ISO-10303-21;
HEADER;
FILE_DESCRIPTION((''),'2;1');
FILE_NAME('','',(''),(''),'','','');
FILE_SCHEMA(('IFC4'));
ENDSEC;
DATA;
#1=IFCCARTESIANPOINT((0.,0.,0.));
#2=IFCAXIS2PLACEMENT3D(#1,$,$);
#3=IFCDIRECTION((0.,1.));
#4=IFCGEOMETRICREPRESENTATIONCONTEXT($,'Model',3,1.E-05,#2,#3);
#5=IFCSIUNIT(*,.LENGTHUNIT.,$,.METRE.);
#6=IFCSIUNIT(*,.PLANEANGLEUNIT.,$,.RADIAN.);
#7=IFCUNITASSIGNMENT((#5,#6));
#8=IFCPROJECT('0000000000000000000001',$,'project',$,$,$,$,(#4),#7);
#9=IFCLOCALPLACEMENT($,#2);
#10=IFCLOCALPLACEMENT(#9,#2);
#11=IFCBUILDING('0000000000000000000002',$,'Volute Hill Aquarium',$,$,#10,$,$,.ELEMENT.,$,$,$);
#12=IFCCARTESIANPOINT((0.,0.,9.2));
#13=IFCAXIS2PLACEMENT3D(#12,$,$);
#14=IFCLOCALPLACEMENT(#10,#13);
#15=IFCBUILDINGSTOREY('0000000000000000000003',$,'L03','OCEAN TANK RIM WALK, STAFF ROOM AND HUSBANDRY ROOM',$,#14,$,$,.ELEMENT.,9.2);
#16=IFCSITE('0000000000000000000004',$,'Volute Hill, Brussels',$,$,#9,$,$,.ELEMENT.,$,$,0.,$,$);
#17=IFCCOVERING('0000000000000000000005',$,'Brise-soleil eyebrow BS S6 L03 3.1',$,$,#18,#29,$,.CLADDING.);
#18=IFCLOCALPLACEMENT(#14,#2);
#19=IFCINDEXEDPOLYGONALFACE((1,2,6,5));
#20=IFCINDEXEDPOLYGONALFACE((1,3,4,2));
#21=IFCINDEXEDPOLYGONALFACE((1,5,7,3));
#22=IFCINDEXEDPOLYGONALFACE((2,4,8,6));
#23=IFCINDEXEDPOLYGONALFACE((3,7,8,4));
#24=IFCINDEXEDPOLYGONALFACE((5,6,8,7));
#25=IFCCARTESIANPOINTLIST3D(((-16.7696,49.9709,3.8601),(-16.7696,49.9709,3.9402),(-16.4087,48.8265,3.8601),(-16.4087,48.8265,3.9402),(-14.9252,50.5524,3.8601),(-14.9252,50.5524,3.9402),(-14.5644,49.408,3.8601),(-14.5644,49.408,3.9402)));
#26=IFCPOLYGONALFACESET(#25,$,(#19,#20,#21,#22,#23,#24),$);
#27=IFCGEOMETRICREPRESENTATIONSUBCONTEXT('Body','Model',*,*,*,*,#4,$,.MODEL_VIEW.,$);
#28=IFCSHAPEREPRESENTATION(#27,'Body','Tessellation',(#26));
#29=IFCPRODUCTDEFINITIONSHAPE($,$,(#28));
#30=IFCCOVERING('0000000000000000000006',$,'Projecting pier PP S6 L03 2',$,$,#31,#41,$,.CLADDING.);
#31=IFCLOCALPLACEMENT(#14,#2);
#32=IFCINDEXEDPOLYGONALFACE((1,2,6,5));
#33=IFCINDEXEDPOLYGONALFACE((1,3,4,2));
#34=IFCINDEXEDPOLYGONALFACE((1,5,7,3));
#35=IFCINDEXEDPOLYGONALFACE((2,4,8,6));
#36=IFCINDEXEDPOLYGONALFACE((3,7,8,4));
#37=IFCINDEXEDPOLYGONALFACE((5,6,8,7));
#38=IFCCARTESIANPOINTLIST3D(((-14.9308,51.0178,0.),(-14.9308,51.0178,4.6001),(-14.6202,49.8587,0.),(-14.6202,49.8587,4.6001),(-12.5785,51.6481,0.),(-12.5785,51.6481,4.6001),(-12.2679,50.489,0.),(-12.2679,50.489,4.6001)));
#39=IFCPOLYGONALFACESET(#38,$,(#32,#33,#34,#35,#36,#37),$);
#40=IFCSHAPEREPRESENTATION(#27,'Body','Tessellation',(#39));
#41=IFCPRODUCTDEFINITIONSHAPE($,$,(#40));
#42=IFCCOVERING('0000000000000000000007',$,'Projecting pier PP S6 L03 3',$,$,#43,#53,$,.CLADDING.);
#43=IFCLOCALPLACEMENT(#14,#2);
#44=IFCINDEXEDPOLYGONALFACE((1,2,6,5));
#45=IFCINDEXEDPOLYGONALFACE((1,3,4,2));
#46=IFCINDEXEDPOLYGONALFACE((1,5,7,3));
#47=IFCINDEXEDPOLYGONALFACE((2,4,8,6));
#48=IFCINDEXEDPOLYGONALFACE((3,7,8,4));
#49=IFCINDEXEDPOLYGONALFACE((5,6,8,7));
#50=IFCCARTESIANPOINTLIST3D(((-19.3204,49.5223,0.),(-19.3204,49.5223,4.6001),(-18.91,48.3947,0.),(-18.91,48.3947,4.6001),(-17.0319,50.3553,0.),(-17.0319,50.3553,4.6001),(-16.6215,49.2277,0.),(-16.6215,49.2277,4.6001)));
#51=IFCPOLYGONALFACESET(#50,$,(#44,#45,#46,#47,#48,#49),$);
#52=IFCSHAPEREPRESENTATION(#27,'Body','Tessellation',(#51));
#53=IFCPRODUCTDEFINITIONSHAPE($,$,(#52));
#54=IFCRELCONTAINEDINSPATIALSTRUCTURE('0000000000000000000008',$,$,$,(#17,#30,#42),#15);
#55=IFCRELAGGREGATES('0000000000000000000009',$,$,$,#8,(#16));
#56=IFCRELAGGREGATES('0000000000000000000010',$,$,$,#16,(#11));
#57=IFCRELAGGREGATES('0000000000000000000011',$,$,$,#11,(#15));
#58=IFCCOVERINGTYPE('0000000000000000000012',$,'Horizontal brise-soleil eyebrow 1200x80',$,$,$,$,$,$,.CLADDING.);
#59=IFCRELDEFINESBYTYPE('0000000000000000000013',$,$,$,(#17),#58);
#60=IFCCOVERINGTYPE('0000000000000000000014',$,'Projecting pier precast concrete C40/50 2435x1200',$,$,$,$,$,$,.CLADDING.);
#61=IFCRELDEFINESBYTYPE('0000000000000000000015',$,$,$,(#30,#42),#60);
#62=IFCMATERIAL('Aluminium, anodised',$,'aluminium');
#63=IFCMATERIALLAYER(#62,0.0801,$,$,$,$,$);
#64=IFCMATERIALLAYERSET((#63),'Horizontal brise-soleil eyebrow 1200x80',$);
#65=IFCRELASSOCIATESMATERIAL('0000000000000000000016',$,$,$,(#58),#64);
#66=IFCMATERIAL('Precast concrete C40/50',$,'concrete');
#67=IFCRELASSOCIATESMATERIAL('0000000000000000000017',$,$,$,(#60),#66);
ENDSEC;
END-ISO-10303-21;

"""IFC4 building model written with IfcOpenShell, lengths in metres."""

from ifc_helpers import new_model, si_unit, direction, frame, origin, origin_2d, place, context, subcontext, project, spatial, rectangle, extrude, material, layer, layer_set, type_object, element, save


model = new_model("IFC4")

# Units and contexts
model_context = context("Model", 3, precision=1e-05, world=origin(), true_north=direction((0.0, 1.0)))
body_context = subcontext(model_context, "Body", "Model", "MODEL_VIEW")
ifc_project = project(units=[si_unit("LENGTHUNIT", "METRE"), si_unit("PLANEANGLEUNIT", "RADIAN")], contexts=[model_context])

# Site, building, storey
site_placement = place(None, origin())
site = spatial("IfcSite", under=ifc_project, at=site_placement, Name="Volute Hill, Brussels", CompositionType="ELEMENT", RefElevation=0.0)
building_placement = place(site_placement, origin())
building = spatial("IfcBuilding", under=site, at=building_placement, Name="Volute Hill Aquarium", CompositionType="ELEMENT")
storey_placement = place(building_placement, frame((0.0, 0.0, 9.2)))
storey = spatial("IfcBuildingStorey", under=building, at=storey_placement, Name="L03", Description="OCEAN TANK RIM WALK, STAFF ROOM AND HUSBANDRY ROOM", CompositionType="ELEMENT", Elevation=9.2)

# Coverings
ifc_material_1 = material(Name="Aluminium, anodised", Category="aluminium")
ifc_layer_1 = layer(ifc_material_1, 0.0801)
ifc_layer_set_1 = layer_set([ifc_layer_1], Name="Horizontal brise-soleil eyebrow 1200x80")
covering_type_1 = type_object("IfcCoveringType", Name="Horizontal brise-soleil eyebrow 1200x80", PredefinedType="CLADDING", material=ifc_layer_set_1)
for number, where, z_axis, x_axis, name in (
    (1, (-15.667, 49.6895, 3.8601), (0.0, 0.0, 1.0), (-0.953718, -0.300702, 0.0), "Brise-soleil eyebrow BS S6 L03 3.1"),
):
    element("IfcCovering", number, at=place(storey_placement, frame(where, z_axis=z_axis, x_axis=x_axis)), inside=storey, type_object=covering_type_1, Name=name, PredefinedType="CLADDING", context=body_context, shape_type="SweptSolid", body=[
        extrude(rectangle(XDim=1.9338, YDim=1.2, at=origin_2d()), origin(), (0.0, 0.0, 1.0), 0.0801),
    ])
ifc_material_2 = material(Name="Precast concrete C40/50", Category="concrete")
covering_type_2 = type_object("IfcCoveringType", Name="Projecting pier precast concrete C40/50 2435x1200", PredefinedType="CLADDING", material=ifc_material_2)
for number, where, z_axis, x_axis, name in (
    (2, (-13.5994, 50.7534, 0.0), (0.0, 0.0, 1.0), (-0.965926, -0.258819, 0.0), "Projecting pier PP S6 L03 2"),
    (3, (-17.9709, 49.375, 0.0), (0.0, 0.0, 1.0), (-0.939693, -0.34202, 0.0), "Projecting pier PP S6 L03 3"),
):
    element("IfcCovering", number, at=place(storey_placement, frame(where, z_axis=z_axis, x_axis=x_axis)), inside=storey, type_object=covering_type_2, Name=name, PredefinedType="CLADDING", context=body_context, shape_type="SweptSolid", body=[
        extrude(rectangle(XDim=2.4353, YDim=1.2, at=origin_2d()), origin(), (0.0, 0.0, 1.0), 4.6001),
    ])

save(model, "model.ifc")
